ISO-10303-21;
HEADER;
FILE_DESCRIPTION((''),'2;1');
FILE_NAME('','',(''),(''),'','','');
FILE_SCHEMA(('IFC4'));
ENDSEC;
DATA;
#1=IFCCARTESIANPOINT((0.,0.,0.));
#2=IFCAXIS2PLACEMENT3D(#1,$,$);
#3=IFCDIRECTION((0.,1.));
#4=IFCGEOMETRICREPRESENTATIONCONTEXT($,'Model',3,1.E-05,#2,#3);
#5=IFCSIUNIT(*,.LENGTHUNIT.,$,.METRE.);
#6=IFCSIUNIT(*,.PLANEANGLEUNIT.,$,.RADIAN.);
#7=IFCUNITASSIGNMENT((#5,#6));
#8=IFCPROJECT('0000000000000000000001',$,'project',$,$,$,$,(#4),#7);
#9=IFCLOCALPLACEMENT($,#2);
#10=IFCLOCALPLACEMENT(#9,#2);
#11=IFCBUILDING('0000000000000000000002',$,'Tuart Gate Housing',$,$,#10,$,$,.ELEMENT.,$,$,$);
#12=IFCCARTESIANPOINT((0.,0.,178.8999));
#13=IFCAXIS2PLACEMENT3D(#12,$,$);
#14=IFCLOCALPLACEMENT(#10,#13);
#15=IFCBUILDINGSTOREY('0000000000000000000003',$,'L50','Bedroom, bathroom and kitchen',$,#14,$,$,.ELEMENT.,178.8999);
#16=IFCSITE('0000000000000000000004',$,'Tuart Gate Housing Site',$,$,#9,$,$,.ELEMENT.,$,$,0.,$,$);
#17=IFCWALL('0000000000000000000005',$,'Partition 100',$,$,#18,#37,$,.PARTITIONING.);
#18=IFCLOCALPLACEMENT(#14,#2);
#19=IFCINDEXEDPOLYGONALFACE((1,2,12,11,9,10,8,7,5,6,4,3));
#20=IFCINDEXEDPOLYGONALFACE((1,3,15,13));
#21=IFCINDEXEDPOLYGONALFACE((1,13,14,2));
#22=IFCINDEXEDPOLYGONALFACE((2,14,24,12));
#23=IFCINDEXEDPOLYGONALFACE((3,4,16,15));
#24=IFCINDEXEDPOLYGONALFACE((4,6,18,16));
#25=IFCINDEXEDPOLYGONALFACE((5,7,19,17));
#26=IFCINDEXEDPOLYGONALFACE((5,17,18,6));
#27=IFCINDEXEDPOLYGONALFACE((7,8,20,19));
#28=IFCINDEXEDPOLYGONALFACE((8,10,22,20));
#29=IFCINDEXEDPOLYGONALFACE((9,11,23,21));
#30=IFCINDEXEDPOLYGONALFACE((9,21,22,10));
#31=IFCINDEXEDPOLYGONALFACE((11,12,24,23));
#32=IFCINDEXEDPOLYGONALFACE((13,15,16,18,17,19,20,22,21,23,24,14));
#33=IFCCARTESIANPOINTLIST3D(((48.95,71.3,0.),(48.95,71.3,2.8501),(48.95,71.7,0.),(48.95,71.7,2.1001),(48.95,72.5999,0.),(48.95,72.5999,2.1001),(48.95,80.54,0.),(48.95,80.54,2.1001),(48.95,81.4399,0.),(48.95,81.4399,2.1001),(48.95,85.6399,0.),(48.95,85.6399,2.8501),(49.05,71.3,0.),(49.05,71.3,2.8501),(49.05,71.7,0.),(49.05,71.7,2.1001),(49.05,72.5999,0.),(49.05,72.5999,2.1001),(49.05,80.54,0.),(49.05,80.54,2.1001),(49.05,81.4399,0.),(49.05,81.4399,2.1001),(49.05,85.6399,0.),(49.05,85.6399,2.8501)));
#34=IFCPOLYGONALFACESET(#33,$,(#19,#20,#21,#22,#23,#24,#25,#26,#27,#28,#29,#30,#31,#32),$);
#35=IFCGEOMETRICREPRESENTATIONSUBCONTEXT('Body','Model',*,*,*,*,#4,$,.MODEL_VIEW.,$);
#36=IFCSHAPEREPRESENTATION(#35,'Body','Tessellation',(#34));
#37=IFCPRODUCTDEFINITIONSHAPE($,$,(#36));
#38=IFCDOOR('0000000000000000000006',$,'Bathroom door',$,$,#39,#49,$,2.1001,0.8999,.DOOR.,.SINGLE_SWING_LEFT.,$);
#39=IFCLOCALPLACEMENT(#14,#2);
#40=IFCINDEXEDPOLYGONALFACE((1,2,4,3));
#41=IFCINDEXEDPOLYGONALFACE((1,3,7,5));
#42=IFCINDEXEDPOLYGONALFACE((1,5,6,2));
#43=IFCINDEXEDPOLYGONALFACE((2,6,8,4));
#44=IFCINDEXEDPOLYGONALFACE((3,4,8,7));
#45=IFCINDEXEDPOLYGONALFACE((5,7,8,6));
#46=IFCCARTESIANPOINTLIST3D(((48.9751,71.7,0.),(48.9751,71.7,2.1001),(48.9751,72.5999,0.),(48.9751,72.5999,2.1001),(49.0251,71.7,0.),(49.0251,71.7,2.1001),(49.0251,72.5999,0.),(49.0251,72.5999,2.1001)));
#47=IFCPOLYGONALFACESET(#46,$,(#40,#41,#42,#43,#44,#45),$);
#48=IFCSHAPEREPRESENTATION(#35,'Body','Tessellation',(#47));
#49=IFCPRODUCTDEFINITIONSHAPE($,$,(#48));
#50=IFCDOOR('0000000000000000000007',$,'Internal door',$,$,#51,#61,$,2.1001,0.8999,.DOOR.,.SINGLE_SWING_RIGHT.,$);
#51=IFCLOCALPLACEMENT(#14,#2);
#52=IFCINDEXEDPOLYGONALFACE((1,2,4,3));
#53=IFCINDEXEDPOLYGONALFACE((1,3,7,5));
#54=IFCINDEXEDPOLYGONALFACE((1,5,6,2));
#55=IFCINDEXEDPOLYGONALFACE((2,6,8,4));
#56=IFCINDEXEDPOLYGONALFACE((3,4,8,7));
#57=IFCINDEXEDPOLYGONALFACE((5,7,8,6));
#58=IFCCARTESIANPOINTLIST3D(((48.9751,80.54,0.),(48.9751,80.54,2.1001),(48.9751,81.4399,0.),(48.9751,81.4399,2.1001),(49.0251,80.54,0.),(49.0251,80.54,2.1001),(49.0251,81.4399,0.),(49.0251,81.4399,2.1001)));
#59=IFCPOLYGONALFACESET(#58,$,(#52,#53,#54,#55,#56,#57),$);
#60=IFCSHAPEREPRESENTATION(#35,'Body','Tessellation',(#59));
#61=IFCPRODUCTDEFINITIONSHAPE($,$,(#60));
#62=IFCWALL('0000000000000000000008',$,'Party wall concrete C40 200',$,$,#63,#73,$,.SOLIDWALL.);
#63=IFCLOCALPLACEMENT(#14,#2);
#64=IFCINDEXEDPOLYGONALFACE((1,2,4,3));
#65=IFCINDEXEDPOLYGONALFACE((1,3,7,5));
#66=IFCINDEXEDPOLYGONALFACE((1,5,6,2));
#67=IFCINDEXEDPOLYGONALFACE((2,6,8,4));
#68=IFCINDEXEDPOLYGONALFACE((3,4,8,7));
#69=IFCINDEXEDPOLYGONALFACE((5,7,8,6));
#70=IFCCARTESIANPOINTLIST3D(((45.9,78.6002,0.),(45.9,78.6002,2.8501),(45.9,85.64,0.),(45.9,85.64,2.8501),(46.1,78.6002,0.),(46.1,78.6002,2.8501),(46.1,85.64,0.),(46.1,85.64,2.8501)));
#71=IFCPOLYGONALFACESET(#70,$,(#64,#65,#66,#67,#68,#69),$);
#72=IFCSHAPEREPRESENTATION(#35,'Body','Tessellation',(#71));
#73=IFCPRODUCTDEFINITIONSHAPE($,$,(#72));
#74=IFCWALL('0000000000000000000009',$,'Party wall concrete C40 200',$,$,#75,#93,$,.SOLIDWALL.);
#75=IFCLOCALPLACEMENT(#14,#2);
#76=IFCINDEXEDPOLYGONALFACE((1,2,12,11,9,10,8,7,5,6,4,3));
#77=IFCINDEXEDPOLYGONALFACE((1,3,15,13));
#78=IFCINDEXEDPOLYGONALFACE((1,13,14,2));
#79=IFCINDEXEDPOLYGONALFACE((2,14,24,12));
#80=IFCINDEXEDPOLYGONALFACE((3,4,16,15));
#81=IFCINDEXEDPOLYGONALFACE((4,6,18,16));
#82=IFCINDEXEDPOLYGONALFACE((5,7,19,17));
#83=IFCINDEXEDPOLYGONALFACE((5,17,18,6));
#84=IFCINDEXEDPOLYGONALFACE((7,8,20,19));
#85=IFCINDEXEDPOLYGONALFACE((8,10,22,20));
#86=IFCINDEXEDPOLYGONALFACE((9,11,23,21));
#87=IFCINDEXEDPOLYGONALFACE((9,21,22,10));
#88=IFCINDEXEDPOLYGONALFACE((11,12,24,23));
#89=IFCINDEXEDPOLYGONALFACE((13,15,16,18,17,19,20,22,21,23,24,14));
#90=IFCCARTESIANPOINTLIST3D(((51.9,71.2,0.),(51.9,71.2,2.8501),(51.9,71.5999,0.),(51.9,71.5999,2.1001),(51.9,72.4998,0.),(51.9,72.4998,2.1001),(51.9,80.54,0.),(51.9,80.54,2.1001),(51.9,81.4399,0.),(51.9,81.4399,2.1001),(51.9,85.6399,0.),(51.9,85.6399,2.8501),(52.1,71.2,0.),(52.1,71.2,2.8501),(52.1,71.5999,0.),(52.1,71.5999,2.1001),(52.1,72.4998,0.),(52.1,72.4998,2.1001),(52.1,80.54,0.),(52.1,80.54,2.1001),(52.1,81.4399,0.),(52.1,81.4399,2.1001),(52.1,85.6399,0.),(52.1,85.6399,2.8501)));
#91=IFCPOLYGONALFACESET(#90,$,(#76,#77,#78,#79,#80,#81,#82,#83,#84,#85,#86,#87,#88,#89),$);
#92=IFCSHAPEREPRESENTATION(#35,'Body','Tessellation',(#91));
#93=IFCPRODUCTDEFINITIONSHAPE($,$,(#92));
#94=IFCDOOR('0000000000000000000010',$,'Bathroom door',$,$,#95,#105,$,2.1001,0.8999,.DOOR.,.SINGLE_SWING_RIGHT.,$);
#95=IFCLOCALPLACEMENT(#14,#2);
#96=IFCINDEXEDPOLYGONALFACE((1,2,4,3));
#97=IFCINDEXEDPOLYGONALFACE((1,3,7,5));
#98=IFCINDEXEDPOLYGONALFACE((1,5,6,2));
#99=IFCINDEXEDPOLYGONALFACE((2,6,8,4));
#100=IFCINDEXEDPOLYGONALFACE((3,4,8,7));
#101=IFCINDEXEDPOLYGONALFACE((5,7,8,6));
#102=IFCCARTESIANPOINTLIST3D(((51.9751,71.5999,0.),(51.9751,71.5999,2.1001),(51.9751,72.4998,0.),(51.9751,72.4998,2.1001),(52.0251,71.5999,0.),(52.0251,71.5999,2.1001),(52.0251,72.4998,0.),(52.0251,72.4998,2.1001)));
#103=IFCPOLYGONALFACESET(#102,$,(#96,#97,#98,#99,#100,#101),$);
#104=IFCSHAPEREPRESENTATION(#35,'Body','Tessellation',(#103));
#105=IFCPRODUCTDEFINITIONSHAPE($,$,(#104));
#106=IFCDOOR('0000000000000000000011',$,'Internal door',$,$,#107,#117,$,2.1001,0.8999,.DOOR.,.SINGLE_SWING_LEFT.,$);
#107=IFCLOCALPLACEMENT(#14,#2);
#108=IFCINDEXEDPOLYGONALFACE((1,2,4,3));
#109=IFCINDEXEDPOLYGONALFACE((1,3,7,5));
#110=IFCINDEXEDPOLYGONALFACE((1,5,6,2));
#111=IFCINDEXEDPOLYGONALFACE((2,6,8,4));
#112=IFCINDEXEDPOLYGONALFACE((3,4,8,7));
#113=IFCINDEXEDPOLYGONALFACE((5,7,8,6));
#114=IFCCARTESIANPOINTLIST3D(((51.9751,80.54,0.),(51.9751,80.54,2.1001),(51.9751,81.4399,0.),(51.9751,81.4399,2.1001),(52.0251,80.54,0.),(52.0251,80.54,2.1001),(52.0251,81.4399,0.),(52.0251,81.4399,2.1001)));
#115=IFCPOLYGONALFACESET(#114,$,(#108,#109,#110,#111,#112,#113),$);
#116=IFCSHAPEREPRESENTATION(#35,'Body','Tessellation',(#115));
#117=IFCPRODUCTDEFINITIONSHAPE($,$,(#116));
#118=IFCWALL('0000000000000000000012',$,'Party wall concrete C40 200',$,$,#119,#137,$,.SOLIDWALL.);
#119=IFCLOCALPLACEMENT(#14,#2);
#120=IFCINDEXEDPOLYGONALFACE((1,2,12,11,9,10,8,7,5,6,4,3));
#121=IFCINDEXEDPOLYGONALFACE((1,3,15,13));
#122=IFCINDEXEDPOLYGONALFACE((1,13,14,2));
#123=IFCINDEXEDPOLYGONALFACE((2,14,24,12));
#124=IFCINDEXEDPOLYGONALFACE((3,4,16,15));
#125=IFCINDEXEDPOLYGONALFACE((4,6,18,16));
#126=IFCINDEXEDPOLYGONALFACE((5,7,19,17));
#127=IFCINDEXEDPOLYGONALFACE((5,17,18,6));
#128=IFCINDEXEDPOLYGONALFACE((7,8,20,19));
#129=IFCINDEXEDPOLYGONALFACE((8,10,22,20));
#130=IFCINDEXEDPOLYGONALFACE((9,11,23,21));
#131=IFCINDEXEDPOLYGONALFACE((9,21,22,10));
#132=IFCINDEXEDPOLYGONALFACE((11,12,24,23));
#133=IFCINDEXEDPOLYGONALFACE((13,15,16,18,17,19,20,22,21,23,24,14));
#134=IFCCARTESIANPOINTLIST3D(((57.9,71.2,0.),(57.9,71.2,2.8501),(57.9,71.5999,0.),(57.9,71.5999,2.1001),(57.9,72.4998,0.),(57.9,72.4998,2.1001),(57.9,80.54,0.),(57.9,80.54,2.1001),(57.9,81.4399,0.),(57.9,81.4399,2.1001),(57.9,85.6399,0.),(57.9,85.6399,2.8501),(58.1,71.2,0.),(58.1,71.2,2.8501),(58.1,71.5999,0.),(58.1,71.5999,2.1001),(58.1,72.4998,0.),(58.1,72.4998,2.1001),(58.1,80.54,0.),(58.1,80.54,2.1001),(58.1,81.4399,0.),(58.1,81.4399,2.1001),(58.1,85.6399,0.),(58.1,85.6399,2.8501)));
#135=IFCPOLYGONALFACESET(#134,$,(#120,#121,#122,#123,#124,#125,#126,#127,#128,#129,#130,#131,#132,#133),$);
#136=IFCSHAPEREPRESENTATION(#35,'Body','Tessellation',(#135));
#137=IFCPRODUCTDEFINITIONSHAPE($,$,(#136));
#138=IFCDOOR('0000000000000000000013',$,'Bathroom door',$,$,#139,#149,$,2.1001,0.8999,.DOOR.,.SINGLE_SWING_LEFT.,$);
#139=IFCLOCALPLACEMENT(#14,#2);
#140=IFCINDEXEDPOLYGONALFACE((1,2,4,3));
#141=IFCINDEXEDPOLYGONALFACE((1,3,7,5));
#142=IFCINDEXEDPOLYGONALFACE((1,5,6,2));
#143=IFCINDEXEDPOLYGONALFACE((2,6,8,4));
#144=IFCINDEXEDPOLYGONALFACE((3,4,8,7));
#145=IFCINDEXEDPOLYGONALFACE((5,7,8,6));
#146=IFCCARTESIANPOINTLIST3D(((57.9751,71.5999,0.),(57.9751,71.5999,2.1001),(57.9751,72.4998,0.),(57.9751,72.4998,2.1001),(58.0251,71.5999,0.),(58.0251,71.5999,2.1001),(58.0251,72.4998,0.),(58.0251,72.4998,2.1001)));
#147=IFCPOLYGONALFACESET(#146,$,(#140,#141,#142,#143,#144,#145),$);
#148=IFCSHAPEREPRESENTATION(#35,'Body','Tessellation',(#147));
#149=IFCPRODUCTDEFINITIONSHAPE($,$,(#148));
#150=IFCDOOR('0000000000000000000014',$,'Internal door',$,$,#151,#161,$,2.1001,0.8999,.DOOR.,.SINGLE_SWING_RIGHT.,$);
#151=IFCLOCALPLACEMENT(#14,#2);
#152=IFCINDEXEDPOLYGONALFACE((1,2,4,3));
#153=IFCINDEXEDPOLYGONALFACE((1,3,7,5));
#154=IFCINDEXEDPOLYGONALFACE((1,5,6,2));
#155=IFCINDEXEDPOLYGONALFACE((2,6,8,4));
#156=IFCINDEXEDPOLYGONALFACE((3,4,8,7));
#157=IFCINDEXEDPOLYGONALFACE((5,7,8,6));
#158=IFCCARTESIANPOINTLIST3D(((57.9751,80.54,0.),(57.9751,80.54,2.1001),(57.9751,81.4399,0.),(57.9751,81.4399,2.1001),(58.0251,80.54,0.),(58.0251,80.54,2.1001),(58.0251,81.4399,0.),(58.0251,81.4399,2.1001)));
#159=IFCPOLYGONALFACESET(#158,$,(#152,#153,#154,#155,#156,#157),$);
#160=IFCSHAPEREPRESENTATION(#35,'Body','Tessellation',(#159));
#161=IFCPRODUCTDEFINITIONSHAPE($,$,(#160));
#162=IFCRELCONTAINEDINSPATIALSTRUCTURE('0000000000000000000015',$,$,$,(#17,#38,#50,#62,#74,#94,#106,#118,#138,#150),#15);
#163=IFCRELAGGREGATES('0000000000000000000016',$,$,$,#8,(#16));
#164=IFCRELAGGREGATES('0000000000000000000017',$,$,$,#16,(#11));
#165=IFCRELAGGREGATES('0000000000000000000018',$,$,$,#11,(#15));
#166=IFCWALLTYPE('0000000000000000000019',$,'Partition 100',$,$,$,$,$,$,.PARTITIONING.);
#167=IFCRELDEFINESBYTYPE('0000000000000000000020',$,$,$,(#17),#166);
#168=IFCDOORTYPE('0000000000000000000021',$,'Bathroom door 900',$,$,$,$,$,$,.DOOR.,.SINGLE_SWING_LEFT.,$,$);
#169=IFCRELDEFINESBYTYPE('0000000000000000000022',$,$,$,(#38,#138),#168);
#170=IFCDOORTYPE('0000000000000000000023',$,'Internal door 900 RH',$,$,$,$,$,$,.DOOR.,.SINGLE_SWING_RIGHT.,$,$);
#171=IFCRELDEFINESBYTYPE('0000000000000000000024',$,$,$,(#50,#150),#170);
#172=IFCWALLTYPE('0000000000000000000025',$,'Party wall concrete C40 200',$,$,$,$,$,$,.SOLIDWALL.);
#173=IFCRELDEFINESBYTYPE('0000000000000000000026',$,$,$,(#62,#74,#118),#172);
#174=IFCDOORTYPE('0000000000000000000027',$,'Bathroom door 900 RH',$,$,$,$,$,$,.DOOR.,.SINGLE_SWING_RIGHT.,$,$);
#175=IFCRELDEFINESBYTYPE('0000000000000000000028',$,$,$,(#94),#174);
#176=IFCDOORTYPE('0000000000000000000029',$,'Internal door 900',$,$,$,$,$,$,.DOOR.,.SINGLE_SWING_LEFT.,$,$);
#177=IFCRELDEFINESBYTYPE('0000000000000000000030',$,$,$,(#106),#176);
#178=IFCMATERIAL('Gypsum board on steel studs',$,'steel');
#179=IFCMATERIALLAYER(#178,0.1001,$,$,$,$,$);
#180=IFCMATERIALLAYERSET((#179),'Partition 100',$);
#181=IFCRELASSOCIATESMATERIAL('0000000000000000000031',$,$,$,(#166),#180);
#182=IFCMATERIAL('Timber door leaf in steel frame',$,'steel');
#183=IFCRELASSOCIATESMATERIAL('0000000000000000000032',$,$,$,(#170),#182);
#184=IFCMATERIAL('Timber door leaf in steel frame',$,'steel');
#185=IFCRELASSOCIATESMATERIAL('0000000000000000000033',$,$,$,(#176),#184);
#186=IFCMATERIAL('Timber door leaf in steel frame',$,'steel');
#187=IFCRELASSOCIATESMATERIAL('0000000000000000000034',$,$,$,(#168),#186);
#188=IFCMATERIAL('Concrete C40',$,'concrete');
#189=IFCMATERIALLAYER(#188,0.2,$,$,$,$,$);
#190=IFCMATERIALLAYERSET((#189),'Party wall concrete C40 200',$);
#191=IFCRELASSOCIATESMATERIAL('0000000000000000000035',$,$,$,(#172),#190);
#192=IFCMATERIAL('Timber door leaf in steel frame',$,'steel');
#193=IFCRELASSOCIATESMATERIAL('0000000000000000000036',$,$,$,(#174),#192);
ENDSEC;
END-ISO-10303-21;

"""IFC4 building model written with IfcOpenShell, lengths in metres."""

from ifc_helpers import new_model, si_unit, direction, frame, frame_2d, origin, place, context, subcontext, project, spatial, rectangle, extrude, material, layer, layer_set, type_object, element, fill, save


model = new_model("IFC4")

# Units and contexts
model_context = context("Model", 3, precision=1e-05, world=origin(), true_north=direction((0.0, 1.0)))
body_context = subcontext(model_context, "Body", "Model", "MODEL_VIEW")
ifc_project = project(units=[si_unit("LENGTHUNIT", "METRE"), si_unit("PLANEANGLEUNIT", "RADIAN")], contexts=[model_context])

# Site, building, storey
site_placement = place(None, origin())
site = spatial("IfcSite", under=ifc_project, at=site_placement, Name="Tuart Gate Housing Site", CompositionType="ELEMENT", RefElevation=0.0)
building_placement = place(site_placement, origin())
building = spatial("IfcBuilding", under=site, at=building_placement, Name="Tuart Gate Housing", CompositionType="ELEMENT")
storey_placement = place(building_placement, frame((0.0, 0.0, 178.8999)))
storey = spatial("IfcBuildingStorey", under=building, at=storey_placement, Name="L50", Description="Bedroom, bathroom and kitchen", CompositionType="ELEMENT", Elevation=178.8999)

# Shared definitions
ifc_material_1 = material(Name="Gypsum board on steel studs", Category="steel")
ifc_layer_1 = layer(ifc_material_1, 0.1001)
ifc_layer_set_1 = layer_set([ifc_layer_1], Name="Partition 100")
wall_type_1 = type_object("IfcWallType", Name="Partition 100", PredefinedType="PARTITIONING", material=ifc_layer_set_1)

# Shared definitions
ifc_material_2 = material(Name="Timber door leaf in steel frame", Category="steel")
door_type_1 = type_object("IfcDoorType", Name="Internal door 900 RH", OperationType="SINGLE_SWING_RIGHT", PredefinedType="DOOR", material=ifc_material_2)
ifc_material_3 = material(Name="Timber door leaf in steel frame", Category="steel")
door_type_2 = type_object("IfcDoorType", Name="Internal door 900", OperationType="SINGLE_SWING_LEFT", PredefinedType="DOOR", material=ifc_material_3)

# Wall, openings, doors
wall_1_placement = place(storey_placement, frame((49.0, 71.3, 0.0), z_axis=(0.0, 0.0, 1.0), x_axis=(0.0, 1.0, 0.0)))
wall_1 = element("IfcWall", 1, at=wall_1_placement, inside=storey, type_object=wall_type_1, Name="Partition 100", PredefinedType="PARTITIONING", context=body_context, shape_type="SweptSolid", body=[
    extrude(rectangle(XDim=14.3398, YDim=0.1001, at=frame_2d((7.1699, 0.0))), origin(), (0.0, 0.0, 1.0), 2.8501),
])
opening_1_placement = place(wall_1_placement, frame((9.24, 0.0, 0.0)))
opening_1 = element("IfcOpeningElement", 2, at=opening_1_placement, cuts=wall_1, PredefinedType="OPENING", context=body_context, shape_type="SweptSolid", body=[
    extrude(rectangle(XDim=0.8999, YDim=2.1001, at=frame_2d((0.45, 1.05))), frame((0.0, 0.0601, 0.0), z_axis=(0.0, -1.0, 0.0), x_axis=(1.0, 0.0, 0.0)), (0.0, 0.0, 1.0), 0.1201),
])
opening_2_placement = place(wall_1_placement, frame((0.3999, 0.0, 0.0)))
opening_2 = element("IfcOpeningElement", 3, at=opening_2_placement, cuts=wall_1, PredefinedType="OPENING", context=body_context, shape_type="SweptSolid", body=[
    extrude(rectangle(XDim=0.8999, YDim=2.1001, at=frame_2d((0.45, 1.05))), frame((0.0, 0.0601, 0.0), z_axis=(0.0, -1.0, 0.0), x_axis=(1.0, 0.0, 0.0)), (0.0, 0.0, 1.0), 0.1201),
])
ifc_material_4 = material(Name="Timber door leaf in steel frame", Category="steel")
door_type_3 = type_object("IfcDoorType", Name="Bathroom door 900", OperationType="SINGLE_SWING_LEFT", PredefinedType="DOOR", material=ifc_material_4)
door_1_placement = place(opening_2_placement, origin())
door_1 = element("IfcDoor", 4, at=door_1_placement, inside=storey, type_object=door_type_3, Name="Bathroom door", OperationType="SINGLE_SWING_LEFT", OverallHeight=2.1001, OverallWidth=0.8999, PredefinedType="DOOR", context=body_context, shape_type="SweptSolid", body=[
    extrude(rectangle(XDim=0.8999, YDim=2.1001, at=frame_2d((0.45, 1.05))), frame((0.0, 0.0249, 0.0), z_axis=(0.0, -1.0, 0.0), x_axis=(1.0, 0.0, 0.0)), (0.0, 0.0, 1.0), 0.05),
])
fill(opening_2, door_1)
door_2_placement = place(opening_1_placement, origin())
door_2 = element("IfcDoor", 5, at=door_2_placement, inside=storey, type_object=door_type_1, Name="Internal door", OperationType="SINGLE_SWING_RIGHT", OverallHeight=2.1001, OverallWidth=0.8999, PredefinedType="DOOR", context=body_context, shape_type="SweptSolid", body=[
    extrude(rectangle(XDim=0.8999, YDim=2.1001, at=frame_2d((0.45, 1.05))), frame((0.0, 0.0249, 0.0), z_axis=(0.0, -1.0, 0.0), x_axis=(1.0, 0.0, 0.0)), (0.0, 0.0, 1.0), 0.05),
])
fill(opening_1, door_2)

# Wall
ifc_material_5 = material(Name="Concrete C40", Category="concrete")
ifc_layer_2 = layer(ifc_material_5, 0.2)
ifc_layer_set_2 = layer_set([ifc_layer_2], Name="Party wall concrete C40 200")
wall_type_2 = type_object("IfcWallType", Name="Party wall concrete C40 200", PredefinedType="SOLIDWALL", material=ifc_layer_set_2)
wall_2_placement = place(storey_placement, frame((46.0, 78.6001, 0.0), z_axis=(0.0, 0.0, 1.0), x_axis=(0.0, 1.0, 0.0)))
element("IfcWall", 6, at=wall_2_placement, inside=storey, type_object=wall_type_2, Name="Party wall concrete C40 200", PredefinedType="SOLIDWALL", context=body_context, shape_type="SweptSolid", body=[
    extrude(rectangle(XDim=7.0398, YDim=0.2, at=frame_2d((3.52, 0.0))), origin(), (0.0, 0.0, 1.0), 2.8501),
])

# Walls, openings, doors
wall_3_placement = place(storey_placement, frame((52.0, 71.2, 0.0), z_axis=(0.0, 0.0, 1.0), x_axis=(0.0, 1.0, 0.0)))
wall_3 = element("IfcWall", 7, at=wall_3_placement, inside=storey, type_object=wall_type_2, Name="Party wall concrete C40 200", PredefinedType="SOLIDWALL", context=body_context, shape_type="SweptSolid", body=[
    extrude(rectangle(XDim=14.4399, YDim=0.2, at=frame_2d((7.22, 0.0))), origin(), (0.0, 0.0, 1.0), 2.8501),
])
opening_3_placement = place(wall_3_placement, frame((9.3401, 0.0, 0.0)))
opening_3 = element("IfcOpeningElement", 8, at=opening_3_placement, cuts=wall_3, PredefinedType="OPENING", context=body_context, shape_type="SweptSolid", body=[
    extrude(rectangle(XDim=0.8999, YDim=2.1001, at=frame_2d((0.45, 1.05))), frame((0.0, 0.1099, 0.0), z_axis=(0.0, -1.0, 0.0), x_axis=(1.0, 0.0, 0.0)), (0.0, 0.0, 1.0), 0.22),
])
opening_4_placement = place(wall_3_placement, frame((0.3999, 0.0, 0.0)))
opening_4 = element("IfcOpeningElement", 9, at=opening_4_placement, cuts=wall_3, PredefinedType="OPENING", context=body_context, shape_type="SweptSolid", body=[
    extrude(rectangle(XDim=0.8999, YDim=2.1001, at=frame_2d((0.45, 1.05))), frame((0.0, 0.1099, 0.0), z_axis=(0.0, -1.0, 0.0), x_axis=(1.0, 0.0, 0.0)), (0.0, 0.0, 1.0), 0.22),
])
ifc_material_6 = material(Name="Timber door leaf in steel frame", Category="steel")
door_type_4 = type_object("IfcDoorType", Name="Bathroom door 900 RH", OperationType="SINGLE_SWING_RIGHT", PredefinedType="DOOR", material=ifc_material_6)
door_3_placement = place(opening_4_placement, frame((0.8999, 0.0, 0.0), z_axis=(0.0, 0.0, 1.0), x_axis=(-1.0, 0.0, 0.0)))
door_3 = element("IfcDoor", 10, at=door_3_placement, inside=storey, type_object=door_type_4, Name="Bathroom door", OperationType="SINGLE_SWING_RIGHT", OverallHeight=2.1001, OverallWidth=0.8999, PredefinedType="DOOR", context=body_context, shape_type="SweptSolid", body=[
    extrude(rectangle(XDim=0.8999, YDim=2.1001, at=frame_2d((0.45, 1.05))), frame((0.0, 0.0251, 0.0), z_axis=(0.0, -1.0, 0.0), x_axis=(1.0, 0.0, 0.0)), (0.0, 0.0, 1.0), 0.05),
])
fill(opening_4, door_3)
door_4_placement = place(opening_3_placement, frame((0.8999, 0.0, 0.0), z_axis=(0.0, 0.0, 1.0), x_axis=(-1.0, 0.0, 0.0)))
door_4 = element("IfcDoor", 11, at=door_4_placement, inside=storey, type_object=door_type_2, Name="Internal door", OperationType="SINGLE_SWING_LEFT", OverallHeight=2.1001, OverallWidth=0.8999, PredefinedType="DOOR", context=body_context, shape_type="SweptSolid", body=[
    extrude(rectangle(XDim=0.8999, YDim=2.1001, at=frame_2d((0.45, 1.05))), frame((0.0, 0.0251, 0.0), z_axis=(0.0, -1.0, 0.0), x_axis=(1.0, 0.0, 0.0)), (0.0, 0.0, 1.0), 0.05),
])
fill(opening_3, door_4)
wall_4_placement = place(storey_placement, frame((58.0, 71.2, 0.0), z_axis=(0.0, 0.0, 1.0), x_axis=(0.0, 1.0, 0.0)))
wall_4 = element("IfcWall", 12, at=wall_4_placement, inside=storey, type_object=wall_type_2, Name="Party wall concrete C40 200", PredefinedType="SOLIDWALL", context=body_context, shape_type="SweptSolid", body=[
    extrude(rectangle(XDim=14.4399, YDim=0.2, at=frame_2d((7.22, 0.0))), origin(), (0.0, 0.0, 1.0), 2.8501),
])
opening_5_placement = place(wall_4_placement, frame((9.3401, 0.0, 0.0)))
opening_5 = element("IfcOpeningElement", 13, at=opening_5_placement, cuts=wall_4, PredefinedType="OPENING", context=body_context, shape_type="SweptSolid", body=[
    extrude(rectangle(XDim=0.8999, YDim=2.1001, at=frame_2d((0.45, 1.05))), frame((0.0, 0.1099, 0.0), z_axis=(0.0, -1.0, 0.0), x_axis=(1.0, 0.0, 0.0)), (0.0, 0.0, 1.0), 0.22),
])
opening_6_placement = place(wall_4_placement, frame((0.3999, 0.0, 0.0)))
opening_6 = element("IfcOpeningElement", 14, at=opening_6_placement, cuts=wall_4, PredefinedType="OPENING", context=body_context, shape_type="SweptSolid", body=[
    extrude(rectangle(XDim=0.8999, YDim=2.1001, at=frame_2d((0.45, 1.05))), frame((0.0, 0.1099, 0.0), z_axis=(0.0, -1.0, 0.0), x_axis=(1.0, 0.0, 0.0)), (0.0, 0.0, 1.0), 0.22),
])
door_5_placement = place(opening_6_placement, origin())
door_5 = element("IfcDoor", 15, at=door_5_placement, inside=storey, type_object=door_type_3, Name="Bathroom door", OperationType="SINGLE_SWING_LEFT", OverallHeight=2.1001, OverallWidth=0.8999, PredefinedType="DOOR", context=body_context, shape_type="SweptSolid", body=[
    extrude(rectangle(XDim=0.8999, YDim=2.1001, at=frame_2d((0.45, 1.05))), frame((0.0, 0.0249, 0.0), z_axis=(0.0, -1.0, 0.0), x_axis=(1.0, 0.0, 0.0)), (0.0, 0.0, 1.0), 0.05),
])
fill(opening_6, door_5)
door_6_placement = place(opening_5_placement, origin())
door_6 = element("IfcDoor", 16, at=door_6_placement, inside=storey, type_object=door_type_1, Name="Internal door", OperationType="SINGLE_SWING_RIGHT", OverallHeight=2.1001, OverallWidth=0.8999, PredefinedType="DOOR", context=body_context, shape_type="SweptSolid", body=[
    extrude(rectangle(XDim=0.8999, YDim=2.1001, at=frame_2d((0.45, 1.05))), frame((0.0, 0.0249, 0.0), z_axis=(0.0, -1.0, 0.0), x_axis=(1.0, 0.0, 0.0)), (0.0, 0.0, 1.0), 0.05),
])
fill(opening_5, door_6)

save(model, "model.ifc")
